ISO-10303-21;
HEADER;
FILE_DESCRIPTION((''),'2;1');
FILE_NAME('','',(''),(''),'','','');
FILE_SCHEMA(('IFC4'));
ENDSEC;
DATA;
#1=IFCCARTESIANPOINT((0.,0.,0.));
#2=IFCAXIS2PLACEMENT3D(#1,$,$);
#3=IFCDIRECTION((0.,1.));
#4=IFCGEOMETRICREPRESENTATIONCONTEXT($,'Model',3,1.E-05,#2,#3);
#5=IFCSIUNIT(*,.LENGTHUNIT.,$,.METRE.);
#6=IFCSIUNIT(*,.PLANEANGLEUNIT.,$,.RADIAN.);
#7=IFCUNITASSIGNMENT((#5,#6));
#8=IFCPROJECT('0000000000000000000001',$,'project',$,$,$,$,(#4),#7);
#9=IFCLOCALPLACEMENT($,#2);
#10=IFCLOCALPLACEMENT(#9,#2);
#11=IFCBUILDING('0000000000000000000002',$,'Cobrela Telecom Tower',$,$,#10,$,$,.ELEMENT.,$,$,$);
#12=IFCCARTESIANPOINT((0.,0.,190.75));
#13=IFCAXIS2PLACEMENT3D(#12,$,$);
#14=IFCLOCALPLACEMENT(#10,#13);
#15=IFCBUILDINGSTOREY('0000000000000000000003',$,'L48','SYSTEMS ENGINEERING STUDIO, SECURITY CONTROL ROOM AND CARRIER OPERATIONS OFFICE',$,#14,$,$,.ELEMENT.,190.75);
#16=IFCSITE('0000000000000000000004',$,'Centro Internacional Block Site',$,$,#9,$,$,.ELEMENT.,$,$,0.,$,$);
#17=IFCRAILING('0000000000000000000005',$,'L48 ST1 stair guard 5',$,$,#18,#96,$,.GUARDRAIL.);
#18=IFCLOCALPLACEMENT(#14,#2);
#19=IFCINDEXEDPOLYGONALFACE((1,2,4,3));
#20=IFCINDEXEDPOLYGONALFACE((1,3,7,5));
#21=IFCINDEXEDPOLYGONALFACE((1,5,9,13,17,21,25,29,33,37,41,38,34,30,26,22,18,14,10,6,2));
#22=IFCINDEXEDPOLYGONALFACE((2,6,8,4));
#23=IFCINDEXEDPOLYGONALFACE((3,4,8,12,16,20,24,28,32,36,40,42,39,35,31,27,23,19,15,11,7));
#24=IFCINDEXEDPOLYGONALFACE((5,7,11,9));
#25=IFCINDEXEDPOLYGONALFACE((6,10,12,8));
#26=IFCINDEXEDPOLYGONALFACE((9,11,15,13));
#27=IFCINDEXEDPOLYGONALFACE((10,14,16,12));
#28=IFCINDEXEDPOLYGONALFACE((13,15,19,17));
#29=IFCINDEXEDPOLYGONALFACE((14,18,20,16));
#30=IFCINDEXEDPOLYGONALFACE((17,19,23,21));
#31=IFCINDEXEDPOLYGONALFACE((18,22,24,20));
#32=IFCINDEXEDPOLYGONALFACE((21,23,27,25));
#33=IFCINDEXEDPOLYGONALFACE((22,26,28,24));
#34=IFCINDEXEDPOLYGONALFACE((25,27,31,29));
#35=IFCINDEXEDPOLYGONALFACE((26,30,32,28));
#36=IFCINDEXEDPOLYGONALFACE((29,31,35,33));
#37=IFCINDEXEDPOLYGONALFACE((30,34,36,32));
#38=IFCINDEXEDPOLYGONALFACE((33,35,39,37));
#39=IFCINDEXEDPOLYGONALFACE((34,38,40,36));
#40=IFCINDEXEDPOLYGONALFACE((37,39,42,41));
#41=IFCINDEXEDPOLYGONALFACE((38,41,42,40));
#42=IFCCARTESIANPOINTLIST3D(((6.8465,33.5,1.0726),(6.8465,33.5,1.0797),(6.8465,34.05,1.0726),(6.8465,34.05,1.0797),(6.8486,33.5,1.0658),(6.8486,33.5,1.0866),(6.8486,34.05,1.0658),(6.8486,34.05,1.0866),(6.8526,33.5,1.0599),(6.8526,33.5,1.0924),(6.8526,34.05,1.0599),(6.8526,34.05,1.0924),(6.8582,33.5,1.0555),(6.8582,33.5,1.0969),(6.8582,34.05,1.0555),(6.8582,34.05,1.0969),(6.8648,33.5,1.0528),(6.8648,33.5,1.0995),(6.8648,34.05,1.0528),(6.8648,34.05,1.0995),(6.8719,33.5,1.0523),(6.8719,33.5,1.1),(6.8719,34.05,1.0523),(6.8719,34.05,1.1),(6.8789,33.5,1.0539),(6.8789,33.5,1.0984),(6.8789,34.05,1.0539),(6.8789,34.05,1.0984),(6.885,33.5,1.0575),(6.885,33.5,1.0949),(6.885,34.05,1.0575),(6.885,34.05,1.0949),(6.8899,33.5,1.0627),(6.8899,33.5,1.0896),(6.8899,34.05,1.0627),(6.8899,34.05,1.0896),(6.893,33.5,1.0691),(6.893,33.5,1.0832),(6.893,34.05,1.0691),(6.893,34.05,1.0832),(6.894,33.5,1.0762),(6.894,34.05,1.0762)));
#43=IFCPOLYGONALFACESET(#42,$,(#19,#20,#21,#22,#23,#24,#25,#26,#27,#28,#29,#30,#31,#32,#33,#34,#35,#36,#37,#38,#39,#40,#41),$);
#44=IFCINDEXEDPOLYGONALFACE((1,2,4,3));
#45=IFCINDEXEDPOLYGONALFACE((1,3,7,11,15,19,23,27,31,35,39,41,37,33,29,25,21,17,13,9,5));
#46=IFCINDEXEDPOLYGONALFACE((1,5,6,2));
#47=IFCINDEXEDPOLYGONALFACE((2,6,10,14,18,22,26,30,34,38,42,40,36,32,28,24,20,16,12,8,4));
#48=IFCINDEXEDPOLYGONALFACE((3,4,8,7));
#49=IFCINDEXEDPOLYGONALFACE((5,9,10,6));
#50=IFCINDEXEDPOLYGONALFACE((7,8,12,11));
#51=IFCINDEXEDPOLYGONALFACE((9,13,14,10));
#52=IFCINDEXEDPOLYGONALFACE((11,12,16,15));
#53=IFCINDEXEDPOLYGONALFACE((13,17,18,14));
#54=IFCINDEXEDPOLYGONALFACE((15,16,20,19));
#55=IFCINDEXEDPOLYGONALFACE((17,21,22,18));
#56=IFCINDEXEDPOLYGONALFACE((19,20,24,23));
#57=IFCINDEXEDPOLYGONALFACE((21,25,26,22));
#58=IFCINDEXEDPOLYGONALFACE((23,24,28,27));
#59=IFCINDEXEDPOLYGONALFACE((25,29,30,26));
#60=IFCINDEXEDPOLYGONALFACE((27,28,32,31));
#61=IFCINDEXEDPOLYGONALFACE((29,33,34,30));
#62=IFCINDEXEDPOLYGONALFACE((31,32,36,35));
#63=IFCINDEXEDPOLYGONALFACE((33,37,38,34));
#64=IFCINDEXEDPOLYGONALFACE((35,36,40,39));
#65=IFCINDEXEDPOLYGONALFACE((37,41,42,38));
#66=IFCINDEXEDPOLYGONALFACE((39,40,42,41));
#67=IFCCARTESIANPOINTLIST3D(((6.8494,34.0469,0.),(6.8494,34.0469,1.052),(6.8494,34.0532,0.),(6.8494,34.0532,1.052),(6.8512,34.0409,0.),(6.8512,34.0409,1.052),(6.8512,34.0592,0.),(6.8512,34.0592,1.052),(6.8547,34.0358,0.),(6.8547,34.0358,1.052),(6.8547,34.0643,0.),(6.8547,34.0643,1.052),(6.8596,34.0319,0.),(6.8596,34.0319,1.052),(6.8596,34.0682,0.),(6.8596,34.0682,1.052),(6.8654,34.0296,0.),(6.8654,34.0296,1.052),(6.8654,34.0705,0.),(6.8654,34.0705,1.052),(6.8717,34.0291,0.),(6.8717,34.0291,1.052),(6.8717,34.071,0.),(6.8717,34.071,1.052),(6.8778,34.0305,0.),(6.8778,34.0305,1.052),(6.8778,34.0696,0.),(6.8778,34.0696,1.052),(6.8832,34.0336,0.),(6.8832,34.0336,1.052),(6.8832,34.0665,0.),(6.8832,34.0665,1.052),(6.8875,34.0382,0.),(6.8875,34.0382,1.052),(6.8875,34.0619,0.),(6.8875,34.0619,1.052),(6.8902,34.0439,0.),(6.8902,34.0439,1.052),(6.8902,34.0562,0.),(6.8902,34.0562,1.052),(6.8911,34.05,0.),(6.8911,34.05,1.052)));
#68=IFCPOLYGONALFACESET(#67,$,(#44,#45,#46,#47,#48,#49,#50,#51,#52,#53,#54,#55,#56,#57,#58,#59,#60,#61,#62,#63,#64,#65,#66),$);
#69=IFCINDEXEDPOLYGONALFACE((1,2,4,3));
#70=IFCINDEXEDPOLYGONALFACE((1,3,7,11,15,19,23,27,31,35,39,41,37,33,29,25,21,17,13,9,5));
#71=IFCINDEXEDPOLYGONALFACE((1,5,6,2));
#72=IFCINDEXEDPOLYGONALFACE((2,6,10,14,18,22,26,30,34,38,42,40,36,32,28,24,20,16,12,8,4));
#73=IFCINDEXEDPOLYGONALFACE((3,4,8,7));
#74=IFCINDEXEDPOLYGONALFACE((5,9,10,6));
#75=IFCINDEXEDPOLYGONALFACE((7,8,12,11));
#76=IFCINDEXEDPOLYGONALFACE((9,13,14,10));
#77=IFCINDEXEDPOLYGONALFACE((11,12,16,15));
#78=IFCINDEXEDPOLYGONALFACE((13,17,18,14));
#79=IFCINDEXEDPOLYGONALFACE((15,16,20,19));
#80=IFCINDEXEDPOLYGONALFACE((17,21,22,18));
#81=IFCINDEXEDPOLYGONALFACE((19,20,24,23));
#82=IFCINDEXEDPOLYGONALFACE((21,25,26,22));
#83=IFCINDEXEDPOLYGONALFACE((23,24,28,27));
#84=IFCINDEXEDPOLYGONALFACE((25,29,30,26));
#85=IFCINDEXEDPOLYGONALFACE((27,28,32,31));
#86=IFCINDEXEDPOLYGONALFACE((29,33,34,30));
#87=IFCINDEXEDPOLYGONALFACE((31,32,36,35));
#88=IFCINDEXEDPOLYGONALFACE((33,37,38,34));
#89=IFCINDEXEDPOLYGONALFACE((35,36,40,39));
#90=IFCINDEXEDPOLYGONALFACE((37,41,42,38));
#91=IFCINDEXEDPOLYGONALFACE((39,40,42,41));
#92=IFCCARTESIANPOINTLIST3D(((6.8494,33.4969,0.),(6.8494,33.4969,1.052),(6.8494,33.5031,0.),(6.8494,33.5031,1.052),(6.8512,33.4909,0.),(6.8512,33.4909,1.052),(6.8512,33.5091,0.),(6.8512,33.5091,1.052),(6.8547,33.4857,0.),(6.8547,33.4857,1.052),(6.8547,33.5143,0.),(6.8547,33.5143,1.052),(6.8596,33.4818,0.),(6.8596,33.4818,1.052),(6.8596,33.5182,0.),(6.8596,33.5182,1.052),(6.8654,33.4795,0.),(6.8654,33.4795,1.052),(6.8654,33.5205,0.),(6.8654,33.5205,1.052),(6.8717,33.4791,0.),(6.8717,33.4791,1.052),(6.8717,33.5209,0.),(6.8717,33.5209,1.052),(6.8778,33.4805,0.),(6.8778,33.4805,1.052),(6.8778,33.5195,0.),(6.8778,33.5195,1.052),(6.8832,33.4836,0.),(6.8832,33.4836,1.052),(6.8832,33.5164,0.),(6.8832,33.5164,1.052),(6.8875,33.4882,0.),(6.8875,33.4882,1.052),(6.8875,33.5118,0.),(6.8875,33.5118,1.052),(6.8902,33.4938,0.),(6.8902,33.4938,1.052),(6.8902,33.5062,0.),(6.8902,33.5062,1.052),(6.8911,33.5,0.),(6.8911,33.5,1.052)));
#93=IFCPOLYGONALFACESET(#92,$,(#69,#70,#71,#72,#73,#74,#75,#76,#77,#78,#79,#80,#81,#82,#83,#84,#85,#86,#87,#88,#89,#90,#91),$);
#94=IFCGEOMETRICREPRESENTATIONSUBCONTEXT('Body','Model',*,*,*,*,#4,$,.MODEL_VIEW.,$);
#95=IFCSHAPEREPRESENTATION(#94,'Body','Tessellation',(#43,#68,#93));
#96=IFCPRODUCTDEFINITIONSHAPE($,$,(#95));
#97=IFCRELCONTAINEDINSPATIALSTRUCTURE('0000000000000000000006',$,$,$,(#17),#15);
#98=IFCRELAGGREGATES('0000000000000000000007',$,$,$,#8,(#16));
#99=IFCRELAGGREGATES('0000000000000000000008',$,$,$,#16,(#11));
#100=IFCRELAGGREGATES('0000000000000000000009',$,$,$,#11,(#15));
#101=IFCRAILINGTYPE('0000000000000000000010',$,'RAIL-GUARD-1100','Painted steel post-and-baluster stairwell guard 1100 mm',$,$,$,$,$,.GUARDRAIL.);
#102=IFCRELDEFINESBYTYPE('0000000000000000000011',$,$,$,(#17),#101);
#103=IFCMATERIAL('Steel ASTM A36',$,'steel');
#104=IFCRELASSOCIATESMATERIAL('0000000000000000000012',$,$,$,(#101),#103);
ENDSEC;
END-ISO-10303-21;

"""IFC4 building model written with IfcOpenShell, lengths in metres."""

from ifc_helpers import new_model, si_unit, direction, frame, origin, origin_2d, place, context, subcontext, project, spatial, circle, extrude, material, type_object, element, save


model = new_model("IFC4")

# Units and contexts
model_context = context("Model", 3, precision=1e-05, world=origin(), true_north=direction((0.0, 1.0)))
body_context = subcontext(model_context, "Body", "Model", "MODEL_VIEW")
ifc_project = project(units=[si_unit("LENGTHUNIT", "METRE"), si_unit("PLANEANGLEUNIT", "RADIAN")], contexts=[model_context])

# Site, building, storey
site_placement = place(None, origin())
site = spatial("IfcSite", under=ifc_project, at=site_placement, Name="Centro Internacional Block Site", CompositionType="ELEMENT", RefElevation=0.0)
building_placement = place(site_placement, origin())
building = spatial("IfcBuilding", under=site, at=building_placement, Name="Cobrela Telecom Tower", CompositionType="ELEMENT")
storey_placement = place(building_placement, frame((0.0, 0.0, 190.75)))
storey = spatial("IfcBuildingStorey", under=building, at=storey_placement, Name="L48", Description="SYSTEMS ENGINEERING STUDIO, SECURITY CONTROL ROOM AND CARRIER OPERATIONS OFFICE", CompositionType="ELEMENT", Elevation=190.75)

# Shared definitions
ifc_material_1 = material(Name="Steel ASTM A36", Category="steel")

# Railing
railing_type_1 = type_object("IfcRailingType", Name="RAIL-GUARD-1100", Description="Painted steel post-and-baluster stairwell guard 1100 mm", PredefinedType="GUARDRAIL", material=ifc_material_1)
railing_1_placement = place(storey_placement, frame((6.8701, 34.05, 0.0)))
element("IfcRailing", 1, at=railing_1_placement, inside=storey, type_object=railing_type_1, Name="L48 ST1 stair guard 5", PredefinedType="GUARDRAIL", context=body_context, shape_type="SweptSolid", body=[
    extrude(circle(Radius=0.0239, at=origin_2d()), frame((0.0, 0.0, 1.0762), z_axis=(0.0, -1.0, 0.0), x_axis=(1.0, 0.0, 0.0)), (0.0, 0.0, 1.0), 0.55),
    extrude(circle(Radius=0.021, at=origin_2d()), origin(), (0.0, 0.0, 1.0), 1.052),
    extrude(circle(Radius=0.021, at=origin_2d()), frame((0.0, -0.55, 0.0)), (0.0, 0.0, 1.0), 1.052),
])

save(model, "model.ifc")
